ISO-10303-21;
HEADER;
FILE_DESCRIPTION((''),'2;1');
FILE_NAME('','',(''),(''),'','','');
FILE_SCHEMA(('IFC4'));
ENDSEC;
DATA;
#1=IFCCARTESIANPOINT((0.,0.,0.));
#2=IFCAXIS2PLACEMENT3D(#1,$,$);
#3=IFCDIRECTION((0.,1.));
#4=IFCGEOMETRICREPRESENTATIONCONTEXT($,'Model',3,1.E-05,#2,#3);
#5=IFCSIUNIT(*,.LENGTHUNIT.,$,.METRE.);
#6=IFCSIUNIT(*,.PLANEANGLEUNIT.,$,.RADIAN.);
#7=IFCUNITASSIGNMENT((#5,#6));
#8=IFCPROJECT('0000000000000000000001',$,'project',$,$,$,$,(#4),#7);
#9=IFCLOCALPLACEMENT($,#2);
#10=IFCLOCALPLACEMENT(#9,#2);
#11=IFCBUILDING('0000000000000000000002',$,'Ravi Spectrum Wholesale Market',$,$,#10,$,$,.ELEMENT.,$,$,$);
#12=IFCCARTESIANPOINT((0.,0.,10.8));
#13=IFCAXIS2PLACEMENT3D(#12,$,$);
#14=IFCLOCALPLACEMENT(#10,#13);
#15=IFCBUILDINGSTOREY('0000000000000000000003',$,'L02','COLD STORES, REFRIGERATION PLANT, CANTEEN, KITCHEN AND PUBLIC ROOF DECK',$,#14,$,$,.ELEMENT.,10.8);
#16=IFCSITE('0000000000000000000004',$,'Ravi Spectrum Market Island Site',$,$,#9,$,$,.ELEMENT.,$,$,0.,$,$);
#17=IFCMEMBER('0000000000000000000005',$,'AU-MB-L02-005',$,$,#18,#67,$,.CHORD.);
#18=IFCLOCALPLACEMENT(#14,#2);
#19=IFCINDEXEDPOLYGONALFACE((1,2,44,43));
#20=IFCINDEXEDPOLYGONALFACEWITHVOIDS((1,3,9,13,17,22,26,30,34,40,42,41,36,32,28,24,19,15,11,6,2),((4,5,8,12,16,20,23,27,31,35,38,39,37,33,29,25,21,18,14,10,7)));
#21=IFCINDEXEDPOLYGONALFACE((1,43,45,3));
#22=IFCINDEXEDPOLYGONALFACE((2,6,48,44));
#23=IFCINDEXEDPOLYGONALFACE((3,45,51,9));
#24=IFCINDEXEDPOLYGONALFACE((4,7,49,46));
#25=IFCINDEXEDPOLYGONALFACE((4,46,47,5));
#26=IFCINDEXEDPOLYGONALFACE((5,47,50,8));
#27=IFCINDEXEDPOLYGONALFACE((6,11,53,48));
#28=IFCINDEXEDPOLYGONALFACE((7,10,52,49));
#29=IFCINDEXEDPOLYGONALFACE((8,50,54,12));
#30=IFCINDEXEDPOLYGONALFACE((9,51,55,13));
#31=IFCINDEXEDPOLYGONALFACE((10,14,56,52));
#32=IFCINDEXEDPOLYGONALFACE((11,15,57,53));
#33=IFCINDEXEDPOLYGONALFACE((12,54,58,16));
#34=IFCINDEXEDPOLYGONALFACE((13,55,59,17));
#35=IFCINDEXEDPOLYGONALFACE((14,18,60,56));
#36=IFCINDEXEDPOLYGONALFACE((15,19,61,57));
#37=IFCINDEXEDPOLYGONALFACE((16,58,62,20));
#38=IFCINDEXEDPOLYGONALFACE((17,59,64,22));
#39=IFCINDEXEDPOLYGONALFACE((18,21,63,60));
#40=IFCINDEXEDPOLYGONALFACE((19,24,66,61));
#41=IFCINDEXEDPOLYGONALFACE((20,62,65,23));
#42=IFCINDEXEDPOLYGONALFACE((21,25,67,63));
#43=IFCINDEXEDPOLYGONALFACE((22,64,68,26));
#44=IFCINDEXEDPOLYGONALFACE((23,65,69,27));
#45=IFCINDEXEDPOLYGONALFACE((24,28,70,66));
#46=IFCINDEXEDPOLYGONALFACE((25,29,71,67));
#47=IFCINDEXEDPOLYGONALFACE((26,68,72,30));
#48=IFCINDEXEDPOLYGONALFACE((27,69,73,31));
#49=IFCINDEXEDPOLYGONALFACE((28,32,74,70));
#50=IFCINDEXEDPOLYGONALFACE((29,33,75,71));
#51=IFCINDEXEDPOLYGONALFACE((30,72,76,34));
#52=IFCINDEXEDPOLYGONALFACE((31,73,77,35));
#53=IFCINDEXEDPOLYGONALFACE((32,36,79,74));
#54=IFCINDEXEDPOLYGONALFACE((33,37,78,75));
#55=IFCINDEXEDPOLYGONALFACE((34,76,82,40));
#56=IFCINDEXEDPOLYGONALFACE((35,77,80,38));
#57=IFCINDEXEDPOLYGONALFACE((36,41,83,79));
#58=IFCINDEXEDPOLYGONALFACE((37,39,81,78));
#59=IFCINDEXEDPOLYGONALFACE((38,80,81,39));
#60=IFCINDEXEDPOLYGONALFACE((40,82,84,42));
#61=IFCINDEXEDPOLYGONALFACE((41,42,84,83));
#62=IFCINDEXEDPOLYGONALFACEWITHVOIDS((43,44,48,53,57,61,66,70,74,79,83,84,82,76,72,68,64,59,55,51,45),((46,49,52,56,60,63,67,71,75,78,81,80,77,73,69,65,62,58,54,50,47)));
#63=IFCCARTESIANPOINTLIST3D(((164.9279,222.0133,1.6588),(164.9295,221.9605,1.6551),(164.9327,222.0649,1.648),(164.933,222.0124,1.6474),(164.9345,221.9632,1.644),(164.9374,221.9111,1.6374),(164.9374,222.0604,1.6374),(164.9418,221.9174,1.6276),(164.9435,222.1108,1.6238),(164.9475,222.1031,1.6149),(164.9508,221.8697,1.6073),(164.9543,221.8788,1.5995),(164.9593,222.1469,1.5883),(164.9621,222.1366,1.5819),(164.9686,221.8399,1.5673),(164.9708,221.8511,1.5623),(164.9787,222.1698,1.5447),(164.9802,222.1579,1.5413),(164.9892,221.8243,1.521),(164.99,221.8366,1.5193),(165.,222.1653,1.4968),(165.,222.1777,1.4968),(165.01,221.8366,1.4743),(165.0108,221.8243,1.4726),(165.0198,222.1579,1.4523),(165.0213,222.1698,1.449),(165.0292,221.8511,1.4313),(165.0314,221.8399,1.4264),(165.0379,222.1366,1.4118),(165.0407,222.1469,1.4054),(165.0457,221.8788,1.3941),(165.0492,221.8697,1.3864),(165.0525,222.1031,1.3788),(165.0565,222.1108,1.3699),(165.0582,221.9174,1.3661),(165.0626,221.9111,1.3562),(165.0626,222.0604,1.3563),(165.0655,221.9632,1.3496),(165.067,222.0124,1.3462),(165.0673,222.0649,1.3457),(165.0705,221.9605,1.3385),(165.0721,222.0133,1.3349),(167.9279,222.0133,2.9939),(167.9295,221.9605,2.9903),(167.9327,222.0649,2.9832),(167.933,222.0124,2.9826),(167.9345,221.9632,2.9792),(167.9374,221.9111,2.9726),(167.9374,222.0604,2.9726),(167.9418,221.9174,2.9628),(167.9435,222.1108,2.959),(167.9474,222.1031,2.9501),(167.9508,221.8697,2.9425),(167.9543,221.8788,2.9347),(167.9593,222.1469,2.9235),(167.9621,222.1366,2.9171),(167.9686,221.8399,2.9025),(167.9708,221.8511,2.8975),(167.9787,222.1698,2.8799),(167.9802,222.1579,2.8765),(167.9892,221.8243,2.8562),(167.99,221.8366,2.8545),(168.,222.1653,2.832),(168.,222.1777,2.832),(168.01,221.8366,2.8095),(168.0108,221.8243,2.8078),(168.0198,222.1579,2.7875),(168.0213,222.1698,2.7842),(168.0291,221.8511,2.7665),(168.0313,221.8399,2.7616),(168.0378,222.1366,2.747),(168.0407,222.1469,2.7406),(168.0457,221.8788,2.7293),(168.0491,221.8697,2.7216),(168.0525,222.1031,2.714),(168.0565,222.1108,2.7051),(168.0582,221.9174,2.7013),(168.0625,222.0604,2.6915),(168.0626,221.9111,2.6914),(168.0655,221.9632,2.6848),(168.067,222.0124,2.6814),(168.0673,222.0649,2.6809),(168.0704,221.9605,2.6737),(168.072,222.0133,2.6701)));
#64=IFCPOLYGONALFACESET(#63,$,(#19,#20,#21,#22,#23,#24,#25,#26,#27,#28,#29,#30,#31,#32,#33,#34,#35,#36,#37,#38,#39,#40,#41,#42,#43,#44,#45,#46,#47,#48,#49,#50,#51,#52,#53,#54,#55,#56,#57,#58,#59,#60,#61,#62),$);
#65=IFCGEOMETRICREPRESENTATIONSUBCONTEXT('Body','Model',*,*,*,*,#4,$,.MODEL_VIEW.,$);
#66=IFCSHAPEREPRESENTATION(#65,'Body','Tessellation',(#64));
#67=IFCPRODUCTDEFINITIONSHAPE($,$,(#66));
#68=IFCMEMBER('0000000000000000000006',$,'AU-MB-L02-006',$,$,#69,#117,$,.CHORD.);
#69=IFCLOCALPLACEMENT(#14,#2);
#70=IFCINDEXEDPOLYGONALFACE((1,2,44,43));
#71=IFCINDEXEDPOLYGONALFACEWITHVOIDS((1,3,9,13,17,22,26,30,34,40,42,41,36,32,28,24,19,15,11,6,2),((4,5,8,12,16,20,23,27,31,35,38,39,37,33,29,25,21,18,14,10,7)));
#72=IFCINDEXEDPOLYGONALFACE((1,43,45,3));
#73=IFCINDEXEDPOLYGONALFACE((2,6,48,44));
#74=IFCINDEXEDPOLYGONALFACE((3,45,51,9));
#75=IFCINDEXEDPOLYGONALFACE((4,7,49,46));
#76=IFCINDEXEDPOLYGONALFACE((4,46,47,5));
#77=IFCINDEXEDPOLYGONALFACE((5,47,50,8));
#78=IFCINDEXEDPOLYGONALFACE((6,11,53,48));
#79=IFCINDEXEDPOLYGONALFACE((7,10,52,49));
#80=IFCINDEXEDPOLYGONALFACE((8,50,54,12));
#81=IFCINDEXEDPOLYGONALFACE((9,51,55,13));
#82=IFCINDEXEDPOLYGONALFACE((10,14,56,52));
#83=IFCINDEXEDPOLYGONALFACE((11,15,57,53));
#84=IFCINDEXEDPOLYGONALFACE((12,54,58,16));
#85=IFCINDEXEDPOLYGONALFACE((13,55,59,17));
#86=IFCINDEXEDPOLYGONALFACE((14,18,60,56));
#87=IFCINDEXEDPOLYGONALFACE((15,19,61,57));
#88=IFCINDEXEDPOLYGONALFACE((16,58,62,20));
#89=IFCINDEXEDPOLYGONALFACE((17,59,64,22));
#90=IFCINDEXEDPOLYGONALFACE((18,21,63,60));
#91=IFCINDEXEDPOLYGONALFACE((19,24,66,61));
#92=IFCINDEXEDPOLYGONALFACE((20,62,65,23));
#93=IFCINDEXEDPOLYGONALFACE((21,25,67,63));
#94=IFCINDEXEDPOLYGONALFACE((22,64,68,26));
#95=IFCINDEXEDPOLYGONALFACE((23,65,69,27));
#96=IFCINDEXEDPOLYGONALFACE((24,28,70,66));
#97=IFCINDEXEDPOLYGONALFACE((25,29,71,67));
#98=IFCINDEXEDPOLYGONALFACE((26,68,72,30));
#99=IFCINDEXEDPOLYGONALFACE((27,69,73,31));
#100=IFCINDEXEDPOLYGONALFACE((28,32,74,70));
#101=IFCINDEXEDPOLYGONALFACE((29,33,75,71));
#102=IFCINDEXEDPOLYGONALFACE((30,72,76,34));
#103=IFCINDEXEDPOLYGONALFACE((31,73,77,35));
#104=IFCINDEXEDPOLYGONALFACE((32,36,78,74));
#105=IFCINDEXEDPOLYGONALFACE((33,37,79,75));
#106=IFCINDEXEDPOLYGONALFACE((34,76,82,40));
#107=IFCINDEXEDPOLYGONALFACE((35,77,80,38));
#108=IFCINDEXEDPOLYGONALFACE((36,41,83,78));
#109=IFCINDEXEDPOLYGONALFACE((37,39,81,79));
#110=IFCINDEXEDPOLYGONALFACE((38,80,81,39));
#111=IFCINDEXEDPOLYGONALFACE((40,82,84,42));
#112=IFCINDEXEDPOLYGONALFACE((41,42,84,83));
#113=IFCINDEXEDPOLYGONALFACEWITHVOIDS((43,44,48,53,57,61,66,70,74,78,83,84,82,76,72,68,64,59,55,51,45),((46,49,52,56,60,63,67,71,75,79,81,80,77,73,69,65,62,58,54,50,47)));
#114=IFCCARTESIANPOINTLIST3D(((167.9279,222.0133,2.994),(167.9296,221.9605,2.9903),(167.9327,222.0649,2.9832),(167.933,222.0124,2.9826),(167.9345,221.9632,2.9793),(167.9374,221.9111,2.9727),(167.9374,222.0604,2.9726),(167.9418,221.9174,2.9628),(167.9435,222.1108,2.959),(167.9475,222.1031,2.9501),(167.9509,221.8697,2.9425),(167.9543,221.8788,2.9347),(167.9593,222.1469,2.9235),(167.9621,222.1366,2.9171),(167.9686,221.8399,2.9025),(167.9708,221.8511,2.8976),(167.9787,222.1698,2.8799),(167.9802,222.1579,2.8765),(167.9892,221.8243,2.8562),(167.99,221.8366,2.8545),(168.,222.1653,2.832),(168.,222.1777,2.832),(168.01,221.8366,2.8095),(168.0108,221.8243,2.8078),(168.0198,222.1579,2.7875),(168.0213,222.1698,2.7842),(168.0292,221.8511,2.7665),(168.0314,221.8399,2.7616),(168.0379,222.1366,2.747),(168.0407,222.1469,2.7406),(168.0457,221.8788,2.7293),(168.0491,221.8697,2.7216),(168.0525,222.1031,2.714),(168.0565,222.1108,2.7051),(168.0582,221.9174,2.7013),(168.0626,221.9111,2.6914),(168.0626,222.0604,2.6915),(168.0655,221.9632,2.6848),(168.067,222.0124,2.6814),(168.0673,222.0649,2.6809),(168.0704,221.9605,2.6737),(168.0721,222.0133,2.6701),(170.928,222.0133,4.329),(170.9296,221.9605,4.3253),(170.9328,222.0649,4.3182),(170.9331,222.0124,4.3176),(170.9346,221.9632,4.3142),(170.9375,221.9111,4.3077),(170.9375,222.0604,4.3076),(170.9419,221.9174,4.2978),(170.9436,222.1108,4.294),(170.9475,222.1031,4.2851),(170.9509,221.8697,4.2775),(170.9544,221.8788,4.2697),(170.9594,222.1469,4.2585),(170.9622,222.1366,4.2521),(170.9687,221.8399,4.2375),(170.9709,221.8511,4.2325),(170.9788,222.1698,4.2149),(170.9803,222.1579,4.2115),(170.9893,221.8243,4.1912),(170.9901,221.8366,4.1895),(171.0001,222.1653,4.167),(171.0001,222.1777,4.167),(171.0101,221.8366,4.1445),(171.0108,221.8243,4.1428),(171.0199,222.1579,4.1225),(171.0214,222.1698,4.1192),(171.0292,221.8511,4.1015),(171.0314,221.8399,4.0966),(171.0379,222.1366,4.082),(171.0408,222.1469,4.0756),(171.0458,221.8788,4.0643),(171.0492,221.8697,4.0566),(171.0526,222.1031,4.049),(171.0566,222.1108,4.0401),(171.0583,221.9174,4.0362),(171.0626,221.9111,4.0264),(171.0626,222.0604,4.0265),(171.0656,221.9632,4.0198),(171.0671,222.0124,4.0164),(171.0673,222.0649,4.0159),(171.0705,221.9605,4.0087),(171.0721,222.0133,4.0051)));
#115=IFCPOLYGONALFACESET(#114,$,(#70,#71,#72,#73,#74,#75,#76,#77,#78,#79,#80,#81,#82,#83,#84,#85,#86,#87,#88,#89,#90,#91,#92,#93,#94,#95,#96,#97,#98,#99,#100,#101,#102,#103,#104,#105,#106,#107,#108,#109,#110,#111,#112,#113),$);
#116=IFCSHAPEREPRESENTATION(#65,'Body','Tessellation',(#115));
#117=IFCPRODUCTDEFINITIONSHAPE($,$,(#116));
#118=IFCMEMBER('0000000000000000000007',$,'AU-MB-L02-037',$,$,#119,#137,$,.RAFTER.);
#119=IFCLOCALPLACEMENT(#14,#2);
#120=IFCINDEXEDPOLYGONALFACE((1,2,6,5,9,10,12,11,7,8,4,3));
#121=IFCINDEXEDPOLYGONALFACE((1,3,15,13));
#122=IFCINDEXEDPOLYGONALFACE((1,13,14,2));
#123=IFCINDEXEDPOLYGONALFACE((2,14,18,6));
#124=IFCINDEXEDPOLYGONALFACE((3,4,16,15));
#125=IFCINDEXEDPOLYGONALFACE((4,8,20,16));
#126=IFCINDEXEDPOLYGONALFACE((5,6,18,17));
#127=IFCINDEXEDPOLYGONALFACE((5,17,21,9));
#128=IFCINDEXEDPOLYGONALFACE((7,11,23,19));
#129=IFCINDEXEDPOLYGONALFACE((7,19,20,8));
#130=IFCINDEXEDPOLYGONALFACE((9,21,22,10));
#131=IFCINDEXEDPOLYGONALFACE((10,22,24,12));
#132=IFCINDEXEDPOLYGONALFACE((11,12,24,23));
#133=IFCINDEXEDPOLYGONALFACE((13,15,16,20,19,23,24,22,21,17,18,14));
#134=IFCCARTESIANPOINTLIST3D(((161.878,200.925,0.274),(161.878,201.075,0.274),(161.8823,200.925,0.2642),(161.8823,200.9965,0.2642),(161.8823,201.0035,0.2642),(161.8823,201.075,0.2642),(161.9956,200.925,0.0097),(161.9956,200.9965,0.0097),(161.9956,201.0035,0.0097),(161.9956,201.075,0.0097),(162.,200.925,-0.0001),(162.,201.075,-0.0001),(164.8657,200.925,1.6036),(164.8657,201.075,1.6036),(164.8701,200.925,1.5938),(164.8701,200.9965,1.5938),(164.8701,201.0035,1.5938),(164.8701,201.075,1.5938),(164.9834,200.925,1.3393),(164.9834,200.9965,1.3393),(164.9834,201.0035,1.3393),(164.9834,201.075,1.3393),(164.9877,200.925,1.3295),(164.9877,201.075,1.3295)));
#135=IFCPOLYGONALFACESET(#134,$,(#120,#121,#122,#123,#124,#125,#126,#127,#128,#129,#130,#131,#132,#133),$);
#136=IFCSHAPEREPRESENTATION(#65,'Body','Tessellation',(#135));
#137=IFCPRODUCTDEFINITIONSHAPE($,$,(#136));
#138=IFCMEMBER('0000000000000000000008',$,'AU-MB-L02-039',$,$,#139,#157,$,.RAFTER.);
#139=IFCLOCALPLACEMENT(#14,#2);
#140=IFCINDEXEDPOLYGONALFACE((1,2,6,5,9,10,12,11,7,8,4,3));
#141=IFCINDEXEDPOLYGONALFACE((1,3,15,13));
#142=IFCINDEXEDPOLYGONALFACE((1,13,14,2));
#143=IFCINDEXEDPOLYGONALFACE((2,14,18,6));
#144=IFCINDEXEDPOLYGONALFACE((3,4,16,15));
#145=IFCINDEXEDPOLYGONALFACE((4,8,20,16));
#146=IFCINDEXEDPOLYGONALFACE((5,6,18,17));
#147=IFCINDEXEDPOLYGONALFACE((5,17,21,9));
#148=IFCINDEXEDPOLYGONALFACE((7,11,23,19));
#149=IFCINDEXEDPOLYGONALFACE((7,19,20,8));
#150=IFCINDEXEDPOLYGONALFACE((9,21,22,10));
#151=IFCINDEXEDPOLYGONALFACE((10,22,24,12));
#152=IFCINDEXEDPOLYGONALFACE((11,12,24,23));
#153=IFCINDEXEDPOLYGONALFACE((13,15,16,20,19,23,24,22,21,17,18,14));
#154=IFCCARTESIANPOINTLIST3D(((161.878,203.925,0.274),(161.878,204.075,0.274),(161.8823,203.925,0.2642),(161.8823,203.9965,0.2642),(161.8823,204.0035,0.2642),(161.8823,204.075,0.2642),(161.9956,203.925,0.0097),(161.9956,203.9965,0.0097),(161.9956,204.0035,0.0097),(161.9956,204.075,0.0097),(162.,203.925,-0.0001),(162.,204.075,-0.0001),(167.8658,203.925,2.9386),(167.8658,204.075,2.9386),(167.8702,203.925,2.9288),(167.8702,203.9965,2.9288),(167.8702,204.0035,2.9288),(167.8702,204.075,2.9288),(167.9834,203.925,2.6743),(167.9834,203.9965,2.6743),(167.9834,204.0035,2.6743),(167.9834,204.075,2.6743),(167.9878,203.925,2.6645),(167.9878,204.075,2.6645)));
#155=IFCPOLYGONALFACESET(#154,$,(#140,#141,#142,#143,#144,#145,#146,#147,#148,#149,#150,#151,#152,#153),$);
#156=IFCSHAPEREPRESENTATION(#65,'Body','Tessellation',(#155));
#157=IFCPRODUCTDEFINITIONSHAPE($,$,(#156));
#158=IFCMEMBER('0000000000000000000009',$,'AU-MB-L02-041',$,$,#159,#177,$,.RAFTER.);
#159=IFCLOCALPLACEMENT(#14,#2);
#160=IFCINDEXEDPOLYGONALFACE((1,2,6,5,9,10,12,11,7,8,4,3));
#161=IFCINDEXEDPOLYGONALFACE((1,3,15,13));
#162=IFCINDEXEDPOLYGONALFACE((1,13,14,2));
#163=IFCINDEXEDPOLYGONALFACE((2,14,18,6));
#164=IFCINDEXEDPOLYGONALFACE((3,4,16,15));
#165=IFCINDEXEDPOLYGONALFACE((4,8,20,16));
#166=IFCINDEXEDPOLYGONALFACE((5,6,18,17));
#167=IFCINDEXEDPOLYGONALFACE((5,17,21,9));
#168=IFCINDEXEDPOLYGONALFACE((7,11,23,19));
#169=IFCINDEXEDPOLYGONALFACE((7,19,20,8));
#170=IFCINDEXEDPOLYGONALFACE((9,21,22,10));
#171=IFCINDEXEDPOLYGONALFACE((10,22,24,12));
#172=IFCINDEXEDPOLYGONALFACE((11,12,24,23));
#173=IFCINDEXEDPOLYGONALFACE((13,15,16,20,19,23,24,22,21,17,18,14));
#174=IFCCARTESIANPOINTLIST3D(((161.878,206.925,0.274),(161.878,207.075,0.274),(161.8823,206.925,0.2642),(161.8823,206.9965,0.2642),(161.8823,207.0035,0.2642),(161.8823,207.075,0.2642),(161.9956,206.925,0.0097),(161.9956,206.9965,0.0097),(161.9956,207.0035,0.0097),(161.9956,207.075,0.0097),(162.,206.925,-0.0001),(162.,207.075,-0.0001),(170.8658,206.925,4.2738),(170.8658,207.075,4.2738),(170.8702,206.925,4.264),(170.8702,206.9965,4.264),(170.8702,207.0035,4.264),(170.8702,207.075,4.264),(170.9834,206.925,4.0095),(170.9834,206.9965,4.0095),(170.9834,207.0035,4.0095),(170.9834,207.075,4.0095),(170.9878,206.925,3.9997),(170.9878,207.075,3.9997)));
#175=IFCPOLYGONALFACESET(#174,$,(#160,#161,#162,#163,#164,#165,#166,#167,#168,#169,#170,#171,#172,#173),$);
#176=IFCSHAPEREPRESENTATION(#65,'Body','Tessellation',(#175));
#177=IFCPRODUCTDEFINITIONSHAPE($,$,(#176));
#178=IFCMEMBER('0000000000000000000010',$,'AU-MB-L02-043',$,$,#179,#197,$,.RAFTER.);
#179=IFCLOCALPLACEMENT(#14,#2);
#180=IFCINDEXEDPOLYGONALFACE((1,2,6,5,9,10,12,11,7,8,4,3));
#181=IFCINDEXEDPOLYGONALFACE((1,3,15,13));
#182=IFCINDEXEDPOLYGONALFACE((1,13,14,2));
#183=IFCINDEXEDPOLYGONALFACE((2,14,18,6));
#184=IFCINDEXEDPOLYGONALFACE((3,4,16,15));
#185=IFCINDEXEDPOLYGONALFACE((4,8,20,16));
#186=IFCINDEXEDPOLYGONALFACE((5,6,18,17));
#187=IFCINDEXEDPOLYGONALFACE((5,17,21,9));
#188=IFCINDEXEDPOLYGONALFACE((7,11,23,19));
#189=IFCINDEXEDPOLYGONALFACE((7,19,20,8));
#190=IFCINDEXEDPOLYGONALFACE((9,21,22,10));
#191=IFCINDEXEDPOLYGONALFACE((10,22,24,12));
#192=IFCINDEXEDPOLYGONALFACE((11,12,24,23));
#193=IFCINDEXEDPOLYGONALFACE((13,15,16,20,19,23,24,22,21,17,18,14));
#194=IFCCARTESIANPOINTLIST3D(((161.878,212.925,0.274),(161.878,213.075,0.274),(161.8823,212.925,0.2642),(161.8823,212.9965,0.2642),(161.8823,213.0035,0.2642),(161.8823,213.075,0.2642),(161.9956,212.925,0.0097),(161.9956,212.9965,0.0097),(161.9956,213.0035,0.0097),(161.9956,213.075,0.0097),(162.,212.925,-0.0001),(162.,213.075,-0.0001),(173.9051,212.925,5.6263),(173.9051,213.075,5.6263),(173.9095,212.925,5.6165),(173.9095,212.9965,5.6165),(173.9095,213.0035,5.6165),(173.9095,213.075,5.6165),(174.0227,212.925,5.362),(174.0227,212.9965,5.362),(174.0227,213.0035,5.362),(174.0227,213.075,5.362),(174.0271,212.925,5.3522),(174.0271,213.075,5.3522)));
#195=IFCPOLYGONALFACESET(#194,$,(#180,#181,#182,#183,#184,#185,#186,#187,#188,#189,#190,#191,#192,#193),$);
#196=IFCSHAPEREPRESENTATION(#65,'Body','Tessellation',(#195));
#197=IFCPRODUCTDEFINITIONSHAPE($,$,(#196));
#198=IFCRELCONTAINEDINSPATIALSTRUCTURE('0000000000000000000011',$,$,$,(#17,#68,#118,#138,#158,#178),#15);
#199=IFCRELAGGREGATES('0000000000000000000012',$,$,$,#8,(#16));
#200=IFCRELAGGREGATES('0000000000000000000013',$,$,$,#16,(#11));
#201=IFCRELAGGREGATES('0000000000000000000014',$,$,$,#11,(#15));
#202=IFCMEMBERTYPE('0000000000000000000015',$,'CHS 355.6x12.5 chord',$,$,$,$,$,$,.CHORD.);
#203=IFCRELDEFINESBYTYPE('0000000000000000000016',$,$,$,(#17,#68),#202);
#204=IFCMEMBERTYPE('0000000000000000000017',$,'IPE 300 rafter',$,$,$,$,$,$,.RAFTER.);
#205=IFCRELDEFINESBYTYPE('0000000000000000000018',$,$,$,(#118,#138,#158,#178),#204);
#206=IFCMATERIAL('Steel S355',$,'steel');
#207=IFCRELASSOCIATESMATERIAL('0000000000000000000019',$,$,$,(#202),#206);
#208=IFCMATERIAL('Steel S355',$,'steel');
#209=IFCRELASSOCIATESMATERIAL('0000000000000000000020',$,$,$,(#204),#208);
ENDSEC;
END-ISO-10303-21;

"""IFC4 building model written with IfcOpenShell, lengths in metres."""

from ifc_helpers import new_model, si_unit, direction, frame, origin, origin_2d, place, context, subcontext, project, spatial, hollow_circle, i_section, extrude, material, material_profile, profile_set, type_object, element, save


model = new_model("IFC4")

# Units and contexts
model_context = context("Model", 3, precision=1e-05, world=origin(), true_north=direction((0.0, 1.0)))
body_context = subcontext(model_context, "Body", "Model", "MODEL_VIEW")
ifc_project = project(units=[si_unit("LENGTHUNIT", "METRE"), si_unit("PLANEANGLEUNIT", "RADIAN")], contexts=[model_context])

# Site, building, storey
site_placement = place(None, origin())
site = spatial("IfcSite", under=ifc_project, at=site_placement, Name="Ravi Spectrum Market Island Site", CompositionType="ELEMENT", RefElevation=0.0)
building_placement = place(site_placement, origin())
building = spatial("IfcBuilding", under=site, at=building_placement, Name="Ravi Spectrum Wholesale Market", CompositionType="ELEMENT")
storey_placement = place(building_placement, frame((0.0, 0.0, 10.8)))
storey = spatial("IfcBuildingStorey", under=building, at=storey_placement, Name="L02", Description="COLD STORES, REFRIGERATION PLANT, CANTEEN, KITCHEN AND PUBLIC ROOF DECK", CompositionType="ELEMENT", Elevation=10.8)

# Members
ifc_material_1 = material(Name="Steel S355", Category="steel")
ifc_material_profile_1 = material_profile(ifc_material_1, hollow_circle(Radius=0.1777, WallThickness=0.0125, at=origin_2d()))
ifc_profile_set_1 = profile_set([ifc_material_profile_1], Name="Steel S355")
member_type_1 = type_object("IfcMemberType", Name="CHS 355.6x12.5 chord", PredefinedType="CHORD", material=ifc_profile_set_1)
for number, where, z_axis, x_axis, name in (
    (1, (165.0, 222.0, 1.4968), (0.9136, 0.0, 0.406614), (0.0, 1.0, 0.0), "AU-MB-L02-005"),
    (2, (168.0, 222.0, 2.832), (0.913627, 0.0, 0.406552), (0.0, 1.0, 0.0), "AU-MB-L02-006"),
):
    element("IfcMember", number, at=place(storey_placement, frame(where, z_axis=z_axis, x_axis=x_axis)), inside=storey, type_object=member_type_1, Name=name, PredefinedType="CHORD", context=body_context, shape_type="SweptSolid", body=[
        extrude(hollow_circle(Radius=0.1777, WallThickness=0.0125, at=origin_2d()), origin(), (0.0, 0.0, 1.0), 3.2837),
    ])
ifc_material_2 = material(Name="Steel S355", Category="steel")
ifc_material_profile_2 = material_profile(ifc_material_2, i_section(OverallWidth=0.1499, OverallDepth=0.3, WebThickness=0.0071, FlangeThickness=0.0107, at=origin_2d()))
ifc_profile_set_2 = profile_set([ifc_material_profile_2], Name="Steel S355")
member_type_2 = type_object("IfcMemberType", Name="IPE 300 rafter", PredefinedType="RAFTER", material=ifc_profile_set_2)
member_1_placement = place(storey_placement, frame((161.939, 201.0, 0.137), z_axis=(0.913621, 0.0, 0.406568), x_axis=(0.0, 1.0, 0.0)))
element("IfcMember", 3, at=member_1_placement, inside=storey, type_object=member_type_2, Name="AU-MB-L02-037", PredefinedType="RAFTER", context=body_context, shape_type="SweptSolid", body=[
    extrude(i_section(OverallWidth=0.1499, OverallDepth=0.3, WebThickness=0.0071, FlangeThickness=0.0107, at=origin_2d()), origin(), (0.0, 0.0, 1.0), 3.2703),
])
member_2_placement = place(storey_placement, frame((161.939, 204.0, 0.137), z_axis=(0.913624, 0.0, 0.40656), x_axis=(0.0, 1.0, 0.0)))
element("IfcMember", 4, at=member_2_placement, inside=storey, type_object=member_type_2, Name="AU-MB-L02-039", PredefinedType="RAFTER", context=body_context, shape_type="SweptSolid", body=[
    extrude(i_section(OverallWidth=0.1499, OverallDepth=0.3, WebThickness=0.0071, FlangeThickness=0.0107, at=origin_2d()), origin(), (0.0, 0.0, 1.0), 6.554),
])
member_3_placement = place(storey_placement, frame((161.939, 207.0, 0.137), z_axis=(0.913616, 0.0, 0.406578), x_axis=(0.0, 1.0, 0.0)))
element("IfcMember", 5, at=member_3_placement, inside=storey, type_object=member_type_2, Name="AU-MB-L02-041", PredefinedType="RAFTER", context=body_context, shape_type="SweptSolid", body=[
    extrude(i_section(OverallWidth=0.1499, OverallDepth=0.3, WebThickness=0.0071, FlangeThickness=0.0107, at=origin_2d()), origin(), (0.0, 0.0, 1.0), 9.8376),
])
for number, where, z_axis, x_axis, name in (
    (6, (161.939, 213.0, 0.137), (0.913616, 0.0, 0.406577), (0.0, 1.0, 0.0), "AU-MB-L02-043"),
):
    element("IfcMember", number, at=place(storey_placement, frame(where, z_axis=z_axis, x_axis=x_axis)), inside=storey, type_object=member_type_2, Name=name, PredefinedType="RAFTER", context=body_context, shape_type="SweptSolid", body=[
        extrude(i_section(OverallWidth=0.1499, OverallDepth=0.3, WebThickness=0.0071, FlangeThickness=0.0107, at=origin_2d()), origin(), (0.0, 0.0, 1.0), 13.1643),
    ])

save(model, "model.ifc")
